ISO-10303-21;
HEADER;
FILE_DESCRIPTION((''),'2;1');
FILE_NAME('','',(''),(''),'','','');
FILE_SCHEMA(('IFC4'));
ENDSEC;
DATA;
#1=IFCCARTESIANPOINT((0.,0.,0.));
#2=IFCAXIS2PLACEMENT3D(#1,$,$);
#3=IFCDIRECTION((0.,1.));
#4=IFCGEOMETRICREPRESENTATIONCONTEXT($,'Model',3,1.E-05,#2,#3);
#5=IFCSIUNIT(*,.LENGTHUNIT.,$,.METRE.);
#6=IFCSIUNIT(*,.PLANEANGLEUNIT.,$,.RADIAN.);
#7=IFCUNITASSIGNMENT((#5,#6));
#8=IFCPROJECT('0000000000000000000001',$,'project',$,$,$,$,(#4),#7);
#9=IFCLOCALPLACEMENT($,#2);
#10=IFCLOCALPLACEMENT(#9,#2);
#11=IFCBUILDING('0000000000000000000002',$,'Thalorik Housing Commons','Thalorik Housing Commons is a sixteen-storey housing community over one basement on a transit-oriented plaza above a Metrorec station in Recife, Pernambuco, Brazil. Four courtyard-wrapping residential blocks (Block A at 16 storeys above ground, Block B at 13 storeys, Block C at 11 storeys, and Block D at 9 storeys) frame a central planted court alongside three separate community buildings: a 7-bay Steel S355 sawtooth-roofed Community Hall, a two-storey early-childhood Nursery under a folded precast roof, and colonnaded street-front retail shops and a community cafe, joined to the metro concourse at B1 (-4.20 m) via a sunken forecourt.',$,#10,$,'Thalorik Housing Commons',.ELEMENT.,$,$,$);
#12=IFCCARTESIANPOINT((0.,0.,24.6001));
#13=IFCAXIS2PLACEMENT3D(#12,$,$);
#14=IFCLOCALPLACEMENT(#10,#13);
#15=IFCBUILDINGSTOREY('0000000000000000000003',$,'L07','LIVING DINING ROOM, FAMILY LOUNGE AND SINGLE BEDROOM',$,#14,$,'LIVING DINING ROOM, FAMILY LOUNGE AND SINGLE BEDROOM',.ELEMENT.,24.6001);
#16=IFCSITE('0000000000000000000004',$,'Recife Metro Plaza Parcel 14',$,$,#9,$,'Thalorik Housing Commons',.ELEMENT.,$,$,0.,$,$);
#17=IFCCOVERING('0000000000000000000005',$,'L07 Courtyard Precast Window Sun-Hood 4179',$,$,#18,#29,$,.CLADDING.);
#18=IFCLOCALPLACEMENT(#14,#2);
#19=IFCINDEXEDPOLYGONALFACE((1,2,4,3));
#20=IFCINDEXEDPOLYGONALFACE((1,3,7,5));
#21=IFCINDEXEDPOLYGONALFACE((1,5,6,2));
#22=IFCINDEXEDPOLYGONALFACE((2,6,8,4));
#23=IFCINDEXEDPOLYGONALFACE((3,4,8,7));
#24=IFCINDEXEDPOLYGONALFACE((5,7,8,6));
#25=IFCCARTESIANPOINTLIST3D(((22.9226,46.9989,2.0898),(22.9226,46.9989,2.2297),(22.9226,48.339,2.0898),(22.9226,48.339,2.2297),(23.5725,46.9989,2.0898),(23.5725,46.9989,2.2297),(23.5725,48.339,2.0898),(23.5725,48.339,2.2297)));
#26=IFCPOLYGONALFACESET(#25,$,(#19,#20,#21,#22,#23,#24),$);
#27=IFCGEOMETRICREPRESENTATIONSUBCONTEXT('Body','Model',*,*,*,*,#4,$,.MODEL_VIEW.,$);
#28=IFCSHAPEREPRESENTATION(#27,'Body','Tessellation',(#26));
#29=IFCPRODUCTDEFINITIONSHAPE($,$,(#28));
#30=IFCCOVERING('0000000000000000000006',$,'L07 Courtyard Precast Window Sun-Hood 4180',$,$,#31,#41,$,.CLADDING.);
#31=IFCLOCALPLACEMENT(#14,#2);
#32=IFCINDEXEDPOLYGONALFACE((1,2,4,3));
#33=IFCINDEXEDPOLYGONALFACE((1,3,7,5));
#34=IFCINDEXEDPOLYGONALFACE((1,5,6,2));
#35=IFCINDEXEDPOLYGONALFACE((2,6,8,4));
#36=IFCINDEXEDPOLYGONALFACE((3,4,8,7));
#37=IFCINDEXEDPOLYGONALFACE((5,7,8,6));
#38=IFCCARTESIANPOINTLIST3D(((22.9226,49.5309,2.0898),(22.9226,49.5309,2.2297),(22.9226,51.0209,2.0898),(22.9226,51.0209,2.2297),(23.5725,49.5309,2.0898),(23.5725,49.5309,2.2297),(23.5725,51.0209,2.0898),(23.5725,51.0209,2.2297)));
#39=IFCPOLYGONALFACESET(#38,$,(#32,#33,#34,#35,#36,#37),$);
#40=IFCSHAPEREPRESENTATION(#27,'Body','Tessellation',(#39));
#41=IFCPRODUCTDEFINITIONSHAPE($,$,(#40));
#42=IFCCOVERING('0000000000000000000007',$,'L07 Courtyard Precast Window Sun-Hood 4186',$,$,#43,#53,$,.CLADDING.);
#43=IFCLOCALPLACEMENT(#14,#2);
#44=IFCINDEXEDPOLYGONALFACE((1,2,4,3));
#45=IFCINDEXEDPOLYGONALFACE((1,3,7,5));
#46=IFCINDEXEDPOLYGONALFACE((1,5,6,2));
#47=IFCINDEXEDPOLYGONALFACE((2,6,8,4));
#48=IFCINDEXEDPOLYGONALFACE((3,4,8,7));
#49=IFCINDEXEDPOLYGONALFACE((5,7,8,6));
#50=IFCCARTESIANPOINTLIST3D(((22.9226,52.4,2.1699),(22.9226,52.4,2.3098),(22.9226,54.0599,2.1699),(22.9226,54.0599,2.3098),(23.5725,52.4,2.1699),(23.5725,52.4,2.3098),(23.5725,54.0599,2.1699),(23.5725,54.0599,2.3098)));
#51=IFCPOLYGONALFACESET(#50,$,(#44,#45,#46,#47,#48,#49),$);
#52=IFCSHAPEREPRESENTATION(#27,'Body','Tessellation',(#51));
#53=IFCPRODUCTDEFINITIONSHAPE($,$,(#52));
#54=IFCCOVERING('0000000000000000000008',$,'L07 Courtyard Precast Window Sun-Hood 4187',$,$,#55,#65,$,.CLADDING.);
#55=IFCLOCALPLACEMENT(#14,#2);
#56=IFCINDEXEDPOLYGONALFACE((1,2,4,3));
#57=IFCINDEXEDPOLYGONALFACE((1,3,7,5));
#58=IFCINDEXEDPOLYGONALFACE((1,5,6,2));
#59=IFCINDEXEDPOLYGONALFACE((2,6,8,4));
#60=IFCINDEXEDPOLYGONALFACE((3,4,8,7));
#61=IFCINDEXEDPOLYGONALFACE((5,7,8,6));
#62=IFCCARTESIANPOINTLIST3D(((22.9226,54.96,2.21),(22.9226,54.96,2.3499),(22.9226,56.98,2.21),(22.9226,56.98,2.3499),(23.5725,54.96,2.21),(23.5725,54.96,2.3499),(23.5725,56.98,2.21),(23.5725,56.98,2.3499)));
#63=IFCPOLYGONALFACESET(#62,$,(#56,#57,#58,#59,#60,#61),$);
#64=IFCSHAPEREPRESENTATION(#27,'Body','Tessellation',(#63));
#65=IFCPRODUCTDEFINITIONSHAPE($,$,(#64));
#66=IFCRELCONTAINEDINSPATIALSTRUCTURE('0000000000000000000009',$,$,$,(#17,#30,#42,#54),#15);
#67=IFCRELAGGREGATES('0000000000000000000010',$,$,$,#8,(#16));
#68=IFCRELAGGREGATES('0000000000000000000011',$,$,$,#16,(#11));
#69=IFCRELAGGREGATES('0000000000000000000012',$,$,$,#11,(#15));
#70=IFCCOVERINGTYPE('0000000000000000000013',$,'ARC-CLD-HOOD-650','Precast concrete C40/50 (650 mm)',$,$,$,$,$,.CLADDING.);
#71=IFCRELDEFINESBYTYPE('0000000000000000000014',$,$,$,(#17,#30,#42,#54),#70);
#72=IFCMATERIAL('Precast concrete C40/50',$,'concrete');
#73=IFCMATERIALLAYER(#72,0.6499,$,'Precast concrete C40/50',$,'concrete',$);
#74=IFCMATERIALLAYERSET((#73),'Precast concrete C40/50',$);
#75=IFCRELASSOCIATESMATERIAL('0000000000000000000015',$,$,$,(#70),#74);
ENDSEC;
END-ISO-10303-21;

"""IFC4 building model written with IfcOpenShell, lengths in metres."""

from ifc_helpers import new_model, si_unit, direction, frame, origin, origin_2d, place, context, subcontext, project, spatial, rectangle, extrude, material, layer, layer_set, type_object, element, save


model = new_model("IFC4")

# Units and contexts
model_context = context("Model", 3, precision=1e-05, world=origin(), true_north=direction((0.0, 1.0)))
body_context = subcontext(model_context, "Body", "Model", "MODEL_VIEW")
ifc_project = project(units=[si_unit("LENGTHUNIT", "METRE"), si_unit("PLANEANGLEUNIT", "RADIAN")], contexts=[model_context])

# Site, building, storey
site_placement = place(None, origin())
site = spatial("IfcSite", under=ifc_project, at=site_placement, Name="Recife Metro Plaza Parcel 14", LongName="Thalorik Housing Commons", CompositionType="ELEMENT", RefElevation=0.0)
building_placement = place(site_placement, origin())
building = spatial("IfcBuilding", under=site, at=building_placement, Name="Thalorik Housing Commons", Description="Thalorik Housing Commons is a sixteen-storey housing community over one basement on a transit-oriented plaza above a Metrorec station in Recife, Pernambuco, Brazil. Four courtyard-wrapping residential blocks (Block A at 16 storeys above ground, Block B at 13 storeys, Block C at 11 storeys, and Block D at 9 storeys) frame a central planted court alongside three separate community buildings: a 7-bay Steel S355 sawtooth-roofed Community Hall, a two-storey early-childhood Nursery under a folded precast roof, and colonnaded street-front retail shops and a community cafe, joined to the metro concourse at B1 (-4.20 m) via a sunken forecourt.", LongName="Thalorik Housing Commons", CompositionType="ELEMENT")
storey_placement = place(building_placement, frame((0.0, 0.0, 24.6001)))
storey = spatial("IfcBuildingStorey", under=building, at=storey_placement, Name="L07", Description="LIVING DINING ROOM, FAMILY LOUNGE AND SINGLE BEDROOM", LongName="LIVING DINING ROOM, FAMILY LOUNGE AND SINGLE BEDROOM", CompositionType="ELEMENT", Elevation=24.6001)

# Shared definitions
ifc_material_1 = material(Name="Precast concrete C40/50", Category="concrete")

# Coverings
ifc_layer_1 = layer(ifc_material_1, 0.6499, Name="Precast concrete C40/50", Category="concrete")
ifc_layer_set_1 = layer_set([ifc_layer_1], Name="Precast concrete C40/50")
covering_type_1 = type_object("IfcCoveringType", Name="ARC-CLD-HOOD-650", Description="Precast concrete C40/50 (650 mm)", PredefinedType="CLADDING", material=ifc_layer_set_1)
covering_1_placement = place(storey_placement, frame((23.2476, 47.6689, 2.0898), z_axis=(0.0, 0.0, 1.0), x_axis=(0.0, 1.0, 0.0)))
element("IfcCovering", 1, at=covering_1_placement, inside=storey, type_object=covering_type_1, Name="L07 Courtyard Precast Window Sun-Hood 4179", PredefinedType="CLADDING", context=body_context, shape_type="SweptSolid", body=[
    extrude(rectangle(XDim=1.3401, YDim=0.6499, at=origin_2d()), origin(), (0.0, 0.0, 1.0), 0.1399),
])
covering_2_placement = place(storey_placement, frame((23.2476, 50.2759, 2.0898), z_axis=(0.0, 0.0, 1.0), x_axis=(0.0, 1.0, 0.0)))
element("IfcCovering", 2, at=covering_2_placement, inside=storey, type_object=covering_type_1, Name="L07 Courtyard Precast Window Sun-Hood 4180", PredefinedType="CLADDING", context=body_context, shape_type="SweptSolid", body=[
    extrude(rectangle(XDim=1.49, YDim=0.6499, at=origin_2d()), origin(), (0.0, 0.0, 1.0), 0.1399),
])
covering_3_placement = place(storey_placement, frame((23.2476, 53.23, 2.1699), z_axis=(0.0, 0.0, 1.0), x_axis=(0.0, 1.0, 0.0)))
element("IfcCovering", 3, at=covering_3_placement, inside=storey, type_object=covering_type_1, Name="L07 Courtyard Precast Window Sun-Hood 4186", PredefinedType="CLADDING", context=body_context, shape_type="SweptSolid", body=[
    extrude(rectangle(XDim=1.6599, YDim=0.6499, at=origin_2d()), origin(), (0.0, 0.0, 1.0), 0.1399),
])
covering_4_placement = place(storey_placement, frame((23.2476, 55.97, 2.21), z_axis=(0.0, 0.0, 1.0), x_axis=(0.0, 1.0, 0.0)))
element("IfcCovering", 4, at=covering_4_placement, inside=storey, type_object=covering_type_1, Name="L07 Courtyard Precast Window Sun-Hood 4187", PredefinedType="CLADDING", context=body_context, shape_type="SweptSolid", body=[
    extrude(rectangle(XDim=2.02, YDim=0.6499, at=origin_2d()), origin(), (0.0, 0.0, 1.0), 0.1399),
])

save(model, "model.ifc")
